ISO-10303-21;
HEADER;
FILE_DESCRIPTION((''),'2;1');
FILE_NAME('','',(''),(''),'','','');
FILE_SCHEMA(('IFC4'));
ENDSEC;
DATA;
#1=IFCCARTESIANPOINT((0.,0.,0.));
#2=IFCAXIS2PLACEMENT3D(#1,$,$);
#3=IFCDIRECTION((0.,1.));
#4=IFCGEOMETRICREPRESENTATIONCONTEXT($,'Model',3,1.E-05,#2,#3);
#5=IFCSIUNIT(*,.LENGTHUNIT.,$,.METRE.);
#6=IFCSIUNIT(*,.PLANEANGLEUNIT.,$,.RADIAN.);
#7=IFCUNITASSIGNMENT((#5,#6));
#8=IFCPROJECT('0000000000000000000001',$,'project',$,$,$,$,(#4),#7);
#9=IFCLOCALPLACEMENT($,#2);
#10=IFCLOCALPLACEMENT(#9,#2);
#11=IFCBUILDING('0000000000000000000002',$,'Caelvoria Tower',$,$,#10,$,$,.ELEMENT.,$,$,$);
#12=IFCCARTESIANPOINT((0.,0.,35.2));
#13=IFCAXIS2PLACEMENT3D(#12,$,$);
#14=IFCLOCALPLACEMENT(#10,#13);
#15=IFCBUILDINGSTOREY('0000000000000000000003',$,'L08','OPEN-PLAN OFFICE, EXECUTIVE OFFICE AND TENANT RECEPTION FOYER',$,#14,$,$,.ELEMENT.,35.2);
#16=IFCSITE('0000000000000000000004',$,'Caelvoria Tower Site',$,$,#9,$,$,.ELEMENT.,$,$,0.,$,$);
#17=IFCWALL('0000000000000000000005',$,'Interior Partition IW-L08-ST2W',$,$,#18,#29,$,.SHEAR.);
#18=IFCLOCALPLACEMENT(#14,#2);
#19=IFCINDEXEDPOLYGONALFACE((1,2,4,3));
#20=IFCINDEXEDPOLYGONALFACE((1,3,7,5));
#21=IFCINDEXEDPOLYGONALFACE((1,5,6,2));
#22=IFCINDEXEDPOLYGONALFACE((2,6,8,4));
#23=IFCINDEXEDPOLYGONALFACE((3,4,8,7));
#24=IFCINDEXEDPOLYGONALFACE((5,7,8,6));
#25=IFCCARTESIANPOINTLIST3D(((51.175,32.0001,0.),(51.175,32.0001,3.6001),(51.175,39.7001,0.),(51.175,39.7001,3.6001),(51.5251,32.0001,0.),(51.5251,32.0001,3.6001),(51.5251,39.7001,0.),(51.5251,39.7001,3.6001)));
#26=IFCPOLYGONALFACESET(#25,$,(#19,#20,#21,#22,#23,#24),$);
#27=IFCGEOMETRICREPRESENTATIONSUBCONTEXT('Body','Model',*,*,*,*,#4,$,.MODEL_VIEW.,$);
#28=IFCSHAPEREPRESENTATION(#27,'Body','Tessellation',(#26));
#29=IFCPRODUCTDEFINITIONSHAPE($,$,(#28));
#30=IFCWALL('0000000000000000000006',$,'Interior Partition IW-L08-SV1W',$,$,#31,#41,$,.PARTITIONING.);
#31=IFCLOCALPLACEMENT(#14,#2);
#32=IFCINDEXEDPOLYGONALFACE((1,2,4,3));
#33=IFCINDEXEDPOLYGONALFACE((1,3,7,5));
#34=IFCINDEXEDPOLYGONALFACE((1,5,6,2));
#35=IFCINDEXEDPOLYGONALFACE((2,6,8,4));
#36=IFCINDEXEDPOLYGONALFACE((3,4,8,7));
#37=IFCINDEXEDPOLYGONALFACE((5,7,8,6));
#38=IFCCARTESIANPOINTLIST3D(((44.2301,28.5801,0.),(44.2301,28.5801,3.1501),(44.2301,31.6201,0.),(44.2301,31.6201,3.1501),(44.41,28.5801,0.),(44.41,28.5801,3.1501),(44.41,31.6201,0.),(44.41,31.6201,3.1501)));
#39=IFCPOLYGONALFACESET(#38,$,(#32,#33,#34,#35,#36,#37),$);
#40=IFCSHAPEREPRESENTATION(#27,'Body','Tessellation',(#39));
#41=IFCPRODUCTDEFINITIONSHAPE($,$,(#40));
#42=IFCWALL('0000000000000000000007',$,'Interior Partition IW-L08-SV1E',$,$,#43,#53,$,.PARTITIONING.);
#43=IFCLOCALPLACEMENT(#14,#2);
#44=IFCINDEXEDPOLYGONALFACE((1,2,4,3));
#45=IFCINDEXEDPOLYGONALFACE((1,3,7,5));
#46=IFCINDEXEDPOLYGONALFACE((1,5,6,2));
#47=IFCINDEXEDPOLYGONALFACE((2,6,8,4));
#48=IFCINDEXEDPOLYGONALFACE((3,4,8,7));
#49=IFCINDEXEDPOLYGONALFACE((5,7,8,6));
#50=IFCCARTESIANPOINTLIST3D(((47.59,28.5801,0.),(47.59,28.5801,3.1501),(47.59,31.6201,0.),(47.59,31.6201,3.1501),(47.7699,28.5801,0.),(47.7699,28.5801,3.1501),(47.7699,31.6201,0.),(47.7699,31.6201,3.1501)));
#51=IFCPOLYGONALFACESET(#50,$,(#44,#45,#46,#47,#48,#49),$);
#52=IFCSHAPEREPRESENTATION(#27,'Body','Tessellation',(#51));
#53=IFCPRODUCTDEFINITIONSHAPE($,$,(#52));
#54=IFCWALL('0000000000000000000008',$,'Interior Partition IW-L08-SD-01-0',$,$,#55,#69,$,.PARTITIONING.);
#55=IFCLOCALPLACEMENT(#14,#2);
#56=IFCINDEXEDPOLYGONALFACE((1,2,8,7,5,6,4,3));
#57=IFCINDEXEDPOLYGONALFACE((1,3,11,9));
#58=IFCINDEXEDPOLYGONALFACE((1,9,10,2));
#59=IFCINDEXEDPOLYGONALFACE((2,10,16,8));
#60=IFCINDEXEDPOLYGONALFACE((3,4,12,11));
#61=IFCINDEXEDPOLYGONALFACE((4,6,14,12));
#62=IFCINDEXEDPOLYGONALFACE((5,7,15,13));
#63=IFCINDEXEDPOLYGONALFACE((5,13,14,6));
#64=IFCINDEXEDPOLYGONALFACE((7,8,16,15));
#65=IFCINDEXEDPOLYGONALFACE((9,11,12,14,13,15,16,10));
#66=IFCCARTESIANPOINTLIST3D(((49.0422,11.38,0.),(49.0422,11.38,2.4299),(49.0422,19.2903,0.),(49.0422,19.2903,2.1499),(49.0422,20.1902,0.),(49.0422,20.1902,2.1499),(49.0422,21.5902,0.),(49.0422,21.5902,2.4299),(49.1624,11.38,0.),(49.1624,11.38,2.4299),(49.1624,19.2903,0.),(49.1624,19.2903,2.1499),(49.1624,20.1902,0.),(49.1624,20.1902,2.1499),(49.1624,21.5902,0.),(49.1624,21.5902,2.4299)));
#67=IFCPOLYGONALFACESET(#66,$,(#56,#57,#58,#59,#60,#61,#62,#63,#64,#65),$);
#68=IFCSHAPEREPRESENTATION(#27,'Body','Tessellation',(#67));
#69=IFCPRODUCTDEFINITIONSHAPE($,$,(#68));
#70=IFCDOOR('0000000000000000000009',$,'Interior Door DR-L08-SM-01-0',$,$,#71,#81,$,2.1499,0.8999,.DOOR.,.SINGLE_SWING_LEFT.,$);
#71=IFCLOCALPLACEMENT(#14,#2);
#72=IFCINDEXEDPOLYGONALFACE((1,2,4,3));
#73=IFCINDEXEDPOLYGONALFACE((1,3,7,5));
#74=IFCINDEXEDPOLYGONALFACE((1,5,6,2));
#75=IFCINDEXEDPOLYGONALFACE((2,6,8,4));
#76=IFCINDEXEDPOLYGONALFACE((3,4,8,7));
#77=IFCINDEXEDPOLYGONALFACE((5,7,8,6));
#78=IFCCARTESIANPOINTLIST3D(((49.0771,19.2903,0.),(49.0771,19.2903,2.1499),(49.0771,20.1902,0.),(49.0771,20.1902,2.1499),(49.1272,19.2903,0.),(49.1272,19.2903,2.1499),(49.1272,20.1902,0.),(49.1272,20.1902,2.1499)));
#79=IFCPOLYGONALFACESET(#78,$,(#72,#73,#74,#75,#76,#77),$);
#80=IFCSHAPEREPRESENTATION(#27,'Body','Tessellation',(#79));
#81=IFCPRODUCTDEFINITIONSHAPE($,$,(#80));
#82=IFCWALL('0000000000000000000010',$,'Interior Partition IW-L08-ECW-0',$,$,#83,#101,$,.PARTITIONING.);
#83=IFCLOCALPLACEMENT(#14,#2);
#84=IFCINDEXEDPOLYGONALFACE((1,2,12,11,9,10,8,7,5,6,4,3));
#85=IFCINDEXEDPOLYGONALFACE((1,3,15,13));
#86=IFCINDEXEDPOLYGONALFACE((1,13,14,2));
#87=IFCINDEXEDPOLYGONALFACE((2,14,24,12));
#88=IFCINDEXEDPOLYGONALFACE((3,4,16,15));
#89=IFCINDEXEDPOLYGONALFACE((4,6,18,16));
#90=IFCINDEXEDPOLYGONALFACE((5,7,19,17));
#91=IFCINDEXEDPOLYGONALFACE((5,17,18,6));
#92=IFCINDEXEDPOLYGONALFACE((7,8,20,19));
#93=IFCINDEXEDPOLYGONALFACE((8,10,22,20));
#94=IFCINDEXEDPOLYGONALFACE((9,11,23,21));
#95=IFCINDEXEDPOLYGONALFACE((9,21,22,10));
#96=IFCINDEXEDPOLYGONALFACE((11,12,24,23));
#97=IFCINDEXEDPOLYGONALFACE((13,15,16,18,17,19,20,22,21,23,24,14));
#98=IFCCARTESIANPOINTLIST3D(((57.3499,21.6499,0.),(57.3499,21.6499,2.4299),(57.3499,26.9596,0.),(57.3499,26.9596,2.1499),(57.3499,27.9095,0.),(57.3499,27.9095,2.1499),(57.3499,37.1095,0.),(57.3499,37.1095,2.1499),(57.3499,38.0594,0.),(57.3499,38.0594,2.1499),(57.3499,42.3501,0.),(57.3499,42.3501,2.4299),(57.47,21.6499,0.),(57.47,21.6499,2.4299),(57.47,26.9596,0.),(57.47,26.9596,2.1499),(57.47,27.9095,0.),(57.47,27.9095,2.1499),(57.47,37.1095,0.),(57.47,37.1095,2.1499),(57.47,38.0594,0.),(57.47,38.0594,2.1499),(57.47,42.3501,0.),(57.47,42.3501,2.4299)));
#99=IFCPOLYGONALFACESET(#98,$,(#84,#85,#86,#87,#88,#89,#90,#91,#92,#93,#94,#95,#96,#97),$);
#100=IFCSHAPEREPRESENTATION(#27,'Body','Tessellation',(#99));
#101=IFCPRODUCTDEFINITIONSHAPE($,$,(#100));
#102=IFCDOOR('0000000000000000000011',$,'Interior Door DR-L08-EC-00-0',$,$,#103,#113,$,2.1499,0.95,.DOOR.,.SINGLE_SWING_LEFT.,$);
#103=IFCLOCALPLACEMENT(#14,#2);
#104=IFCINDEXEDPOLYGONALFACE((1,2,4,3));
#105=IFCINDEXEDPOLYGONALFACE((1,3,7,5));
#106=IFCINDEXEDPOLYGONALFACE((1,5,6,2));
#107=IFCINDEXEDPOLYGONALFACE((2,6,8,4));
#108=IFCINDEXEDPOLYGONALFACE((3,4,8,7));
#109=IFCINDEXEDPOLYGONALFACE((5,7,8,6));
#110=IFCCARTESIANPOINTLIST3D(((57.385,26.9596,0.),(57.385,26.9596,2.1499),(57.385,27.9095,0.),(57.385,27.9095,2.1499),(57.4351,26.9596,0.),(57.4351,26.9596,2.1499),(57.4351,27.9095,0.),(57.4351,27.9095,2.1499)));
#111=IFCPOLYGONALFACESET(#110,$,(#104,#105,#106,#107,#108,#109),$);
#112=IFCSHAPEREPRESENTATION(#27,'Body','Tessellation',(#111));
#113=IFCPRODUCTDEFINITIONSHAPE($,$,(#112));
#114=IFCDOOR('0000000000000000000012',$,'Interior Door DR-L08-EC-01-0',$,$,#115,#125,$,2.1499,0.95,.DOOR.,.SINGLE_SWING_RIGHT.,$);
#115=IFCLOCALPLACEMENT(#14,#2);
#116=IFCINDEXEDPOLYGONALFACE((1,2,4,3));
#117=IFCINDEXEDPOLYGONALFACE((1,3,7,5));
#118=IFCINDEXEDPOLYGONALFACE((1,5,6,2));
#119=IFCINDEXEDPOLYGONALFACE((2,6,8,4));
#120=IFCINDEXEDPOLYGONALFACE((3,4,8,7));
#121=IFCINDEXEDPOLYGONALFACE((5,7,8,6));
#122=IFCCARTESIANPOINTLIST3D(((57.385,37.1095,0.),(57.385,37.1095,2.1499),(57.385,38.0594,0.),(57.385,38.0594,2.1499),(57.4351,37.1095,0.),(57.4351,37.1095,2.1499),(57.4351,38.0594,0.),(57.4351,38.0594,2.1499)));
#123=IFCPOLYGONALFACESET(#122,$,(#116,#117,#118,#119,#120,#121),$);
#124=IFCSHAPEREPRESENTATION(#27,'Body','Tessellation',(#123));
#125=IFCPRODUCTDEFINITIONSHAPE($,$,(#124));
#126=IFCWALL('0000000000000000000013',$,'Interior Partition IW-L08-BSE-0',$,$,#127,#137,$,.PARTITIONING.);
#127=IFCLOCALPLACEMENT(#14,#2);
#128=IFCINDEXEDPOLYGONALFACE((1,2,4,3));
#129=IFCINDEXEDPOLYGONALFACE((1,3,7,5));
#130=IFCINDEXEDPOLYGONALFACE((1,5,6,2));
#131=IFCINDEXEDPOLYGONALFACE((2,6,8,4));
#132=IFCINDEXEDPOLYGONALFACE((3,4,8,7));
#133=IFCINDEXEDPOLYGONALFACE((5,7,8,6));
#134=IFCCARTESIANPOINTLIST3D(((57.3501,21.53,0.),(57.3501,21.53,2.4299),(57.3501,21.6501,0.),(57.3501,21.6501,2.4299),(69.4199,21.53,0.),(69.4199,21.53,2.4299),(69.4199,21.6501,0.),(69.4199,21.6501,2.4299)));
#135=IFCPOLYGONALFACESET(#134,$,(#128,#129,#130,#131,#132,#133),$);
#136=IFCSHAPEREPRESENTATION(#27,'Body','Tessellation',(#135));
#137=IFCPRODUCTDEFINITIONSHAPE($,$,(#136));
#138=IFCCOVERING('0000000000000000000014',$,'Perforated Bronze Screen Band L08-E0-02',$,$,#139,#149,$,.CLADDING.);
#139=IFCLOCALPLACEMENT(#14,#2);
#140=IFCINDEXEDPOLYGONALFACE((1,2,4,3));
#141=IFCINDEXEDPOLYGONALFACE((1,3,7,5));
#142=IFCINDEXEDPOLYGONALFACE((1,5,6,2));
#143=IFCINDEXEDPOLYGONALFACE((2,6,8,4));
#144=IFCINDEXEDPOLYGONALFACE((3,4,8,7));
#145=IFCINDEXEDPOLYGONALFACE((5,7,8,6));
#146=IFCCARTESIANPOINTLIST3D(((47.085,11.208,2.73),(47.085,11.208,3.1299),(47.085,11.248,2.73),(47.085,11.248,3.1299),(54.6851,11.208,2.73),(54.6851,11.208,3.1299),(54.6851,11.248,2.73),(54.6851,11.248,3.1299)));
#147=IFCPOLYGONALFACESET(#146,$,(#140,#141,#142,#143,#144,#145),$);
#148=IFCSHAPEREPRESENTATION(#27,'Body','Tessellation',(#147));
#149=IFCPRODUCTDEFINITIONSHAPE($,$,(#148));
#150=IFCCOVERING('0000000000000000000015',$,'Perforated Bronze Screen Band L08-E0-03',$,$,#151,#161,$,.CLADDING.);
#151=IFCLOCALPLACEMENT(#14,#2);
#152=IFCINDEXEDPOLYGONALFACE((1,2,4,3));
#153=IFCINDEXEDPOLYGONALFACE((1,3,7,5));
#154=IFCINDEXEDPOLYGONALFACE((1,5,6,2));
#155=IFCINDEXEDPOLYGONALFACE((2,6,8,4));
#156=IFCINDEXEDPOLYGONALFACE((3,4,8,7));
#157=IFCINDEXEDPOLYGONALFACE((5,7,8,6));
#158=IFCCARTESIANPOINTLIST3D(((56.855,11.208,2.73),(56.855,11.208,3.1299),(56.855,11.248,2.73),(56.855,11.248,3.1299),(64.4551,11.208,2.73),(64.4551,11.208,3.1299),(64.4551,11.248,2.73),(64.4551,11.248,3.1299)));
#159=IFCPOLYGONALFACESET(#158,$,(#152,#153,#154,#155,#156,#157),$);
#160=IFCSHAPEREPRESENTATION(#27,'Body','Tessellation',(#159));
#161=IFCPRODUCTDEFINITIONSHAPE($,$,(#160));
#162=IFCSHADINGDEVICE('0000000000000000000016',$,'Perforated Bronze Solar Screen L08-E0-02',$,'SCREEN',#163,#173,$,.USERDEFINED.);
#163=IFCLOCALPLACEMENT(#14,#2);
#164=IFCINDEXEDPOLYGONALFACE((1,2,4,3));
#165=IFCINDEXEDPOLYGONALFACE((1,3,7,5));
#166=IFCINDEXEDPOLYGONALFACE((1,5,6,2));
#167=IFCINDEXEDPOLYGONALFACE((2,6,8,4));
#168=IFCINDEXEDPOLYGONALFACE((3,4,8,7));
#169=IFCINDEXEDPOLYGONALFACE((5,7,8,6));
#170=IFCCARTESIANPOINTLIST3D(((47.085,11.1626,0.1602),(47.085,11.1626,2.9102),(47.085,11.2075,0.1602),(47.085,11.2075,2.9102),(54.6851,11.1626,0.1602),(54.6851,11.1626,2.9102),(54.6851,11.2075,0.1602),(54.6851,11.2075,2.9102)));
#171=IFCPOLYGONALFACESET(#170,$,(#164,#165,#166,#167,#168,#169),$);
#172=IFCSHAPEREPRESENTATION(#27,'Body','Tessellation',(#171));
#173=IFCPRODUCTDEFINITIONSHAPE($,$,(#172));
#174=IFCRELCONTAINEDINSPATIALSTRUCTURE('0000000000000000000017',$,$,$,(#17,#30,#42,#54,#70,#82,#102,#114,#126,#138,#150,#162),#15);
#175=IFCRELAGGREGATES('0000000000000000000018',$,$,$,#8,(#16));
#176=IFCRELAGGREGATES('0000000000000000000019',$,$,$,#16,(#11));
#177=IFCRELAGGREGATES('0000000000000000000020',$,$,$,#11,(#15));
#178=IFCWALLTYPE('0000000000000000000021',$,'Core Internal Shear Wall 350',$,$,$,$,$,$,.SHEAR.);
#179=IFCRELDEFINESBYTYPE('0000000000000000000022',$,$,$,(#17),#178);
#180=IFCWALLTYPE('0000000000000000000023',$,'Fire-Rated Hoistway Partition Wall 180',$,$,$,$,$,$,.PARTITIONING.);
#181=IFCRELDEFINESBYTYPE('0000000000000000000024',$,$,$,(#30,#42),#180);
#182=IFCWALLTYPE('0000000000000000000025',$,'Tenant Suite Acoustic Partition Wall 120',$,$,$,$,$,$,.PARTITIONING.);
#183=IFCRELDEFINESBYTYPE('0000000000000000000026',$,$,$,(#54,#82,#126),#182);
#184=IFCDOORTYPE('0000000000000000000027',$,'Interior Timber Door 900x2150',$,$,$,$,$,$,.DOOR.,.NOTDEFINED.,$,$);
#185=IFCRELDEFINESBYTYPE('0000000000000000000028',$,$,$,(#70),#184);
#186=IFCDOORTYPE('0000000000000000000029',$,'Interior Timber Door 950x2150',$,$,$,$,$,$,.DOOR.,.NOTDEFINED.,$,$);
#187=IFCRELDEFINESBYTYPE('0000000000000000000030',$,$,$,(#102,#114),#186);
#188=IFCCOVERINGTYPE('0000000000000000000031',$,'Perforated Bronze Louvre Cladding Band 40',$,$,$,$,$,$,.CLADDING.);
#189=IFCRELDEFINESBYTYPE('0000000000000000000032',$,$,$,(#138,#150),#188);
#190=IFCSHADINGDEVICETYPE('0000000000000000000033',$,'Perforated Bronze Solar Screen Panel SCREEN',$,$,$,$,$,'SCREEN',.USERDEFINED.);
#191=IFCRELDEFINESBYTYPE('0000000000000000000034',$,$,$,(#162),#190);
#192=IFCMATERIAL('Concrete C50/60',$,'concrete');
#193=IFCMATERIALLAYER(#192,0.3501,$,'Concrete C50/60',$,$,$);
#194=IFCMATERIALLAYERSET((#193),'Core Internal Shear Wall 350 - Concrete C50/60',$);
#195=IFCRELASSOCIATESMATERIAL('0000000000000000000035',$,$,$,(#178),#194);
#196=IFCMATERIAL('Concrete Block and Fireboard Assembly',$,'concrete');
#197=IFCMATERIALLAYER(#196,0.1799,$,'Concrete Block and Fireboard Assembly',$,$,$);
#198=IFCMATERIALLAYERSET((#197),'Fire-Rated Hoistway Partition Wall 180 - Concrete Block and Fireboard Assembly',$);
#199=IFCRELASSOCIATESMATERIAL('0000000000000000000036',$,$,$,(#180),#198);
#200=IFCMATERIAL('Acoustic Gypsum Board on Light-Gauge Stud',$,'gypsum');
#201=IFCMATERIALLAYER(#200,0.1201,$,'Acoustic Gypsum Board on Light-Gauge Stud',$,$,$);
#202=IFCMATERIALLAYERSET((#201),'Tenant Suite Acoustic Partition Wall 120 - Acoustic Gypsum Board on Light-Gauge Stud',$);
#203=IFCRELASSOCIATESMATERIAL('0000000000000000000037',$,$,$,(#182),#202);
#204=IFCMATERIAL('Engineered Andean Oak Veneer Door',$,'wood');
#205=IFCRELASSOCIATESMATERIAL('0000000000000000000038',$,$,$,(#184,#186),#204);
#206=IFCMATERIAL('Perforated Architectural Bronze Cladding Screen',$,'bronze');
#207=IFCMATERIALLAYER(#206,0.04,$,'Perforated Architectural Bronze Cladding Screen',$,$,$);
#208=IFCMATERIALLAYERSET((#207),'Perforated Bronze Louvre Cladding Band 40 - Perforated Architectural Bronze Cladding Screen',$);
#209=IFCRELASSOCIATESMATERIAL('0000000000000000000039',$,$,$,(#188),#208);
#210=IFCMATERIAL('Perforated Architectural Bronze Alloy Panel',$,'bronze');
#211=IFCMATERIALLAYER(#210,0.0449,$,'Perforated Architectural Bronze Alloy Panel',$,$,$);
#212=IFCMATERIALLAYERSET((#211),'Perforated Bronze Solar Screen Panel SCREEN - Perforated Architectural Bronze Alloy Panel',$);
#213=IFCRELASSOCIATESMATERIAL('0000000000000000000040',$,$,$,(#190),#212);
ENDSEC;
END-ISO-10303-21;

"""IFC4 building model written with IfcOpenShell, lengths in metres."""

from ifc_helpers import new_model, si_unit, direction, frame, frame_2d, origin, origin_2d, place, context, subcontext, project, spatial, rectangle, extrude, material, layer, layer_set, type_object, element, fill, save


model = new_model("IFC4")

# Units and contexts
model_context = context("Model", 3, precision=1e-05, world=origin(), true_north=direction((0.0, 1.0)))
body_context = subcontext(model_context, "Body", "Model", "MODEL_VIEW")
ifc_project = project(units=[si_unit("LENGTHUNIT", "METRE"), si_unit("PLANEANGLEUNIT", "RADIAN")], contexts=[model_context])

# Site, building, storey
site_placement = place(None, origin())
site = spatial("IfcSite", under=ifc_project, at=site_placement, Name="Caelvoria Tower Site", CompositionType="ELEMENT", RefElevation=0.0)
building_placement = place(site_placement, origin())
building = spatial("IfcBuilding", under=site, at=building_placement, Name="Caelvoria Tower", CompositionType="ELEMENT")
storey_placement = place(building_placement, frame((0.0, 0.0, 35.2)))
storey = spatial("IfcBuildingStorey", under=building, at=storey_placement, Name="L08", Description="OPEN-PLAN OFFICE, EXECUTIVE OFFICE AND TENANT RECEPTION FOYER", CompositionType="ELEMENT", Elevation=35.2)

# Walls
ifc_material_1 = material(Name="Concrete C50/60", Category="concrete")
ifc_layer_1 = layer(ifc_material_1, 0.3501, Name="Concrete C50/60")
ifc_layer_set_1 = layer_set([ifc_layer_1], Name="Core Internal Shear Wall 350 - Concrete C50/60")
wall_type_1 = type_object("IfcWallType", Name="Core Internal Shear Wall 350", PredefinedType="SHEAR", material=ifc_layer_set_1)
wall_1_placement = place(storey_placement, frame((51.3501, 32.0, 0.0), z_axis=(0.0, 0.0, 1.0), x_axis=(0.0, 1.0, 0.0)))
element("IfcWall", 1, at=wall_1_placement, inside=storey, type_object=wall_type_1, Name="Interior Partition IW-L08-ST2W", PredefinedType="SHEAR", context=body_context, shape_type="SweptSolid", body=[
    extrude(rectangle(XDim=7.7, YDim=0.3501, at=frame_2d((3.8501, 0.0))), origin(), (0.0, 0.0, 1.0), 3.6001),
])
ifc_material_2 = material(Name="Concrete Block and Fireboard Assembly", Category="concrete")
ifc_layer_2 = layer(ifc_material_2, 0.1799, Name="Concrete Block and Fireboard Assembly")
ifc_layer_set_2 = layer_set([ifc_layer_2], Name="Fire-Rated Hoistway Partition Wall 180 - Concrete Block and Fireboard Assembly")
wall_type_2 = type_object("IfcWallType", Name="Fire-Rated Hoistway Partition Wall 180", PredefinedType="PARTITIONING", material=ifc_layer_set_2)
for number, where, z_axis, x_axis, name in (
    (2, (44.3201, 28.5801, 0.0), (0.0, 0.0, 1.0), (0.0, 1.0, 0.0), "Interior Partition IW-L08-SV1W"),
    (3, (47.6799, 28.5801, 0.0), (0.0, 0.0, 1.0), (0.0, 1.0, 0.0), "Interior Partition IW-L08-SV1E"),
):
    element("IfcWall", number, at=place(storey_placement, frame(where, z_axis=z_axis, x_axis=x_axis)), inside=storey, type_object=wall_type_2, Name=name, PredefinedType="PARTITIONING", context=body_context, shape_type="SweptSolid", body=[
        extrude(rectangle(XDim=3.04, YDim=0.1799, at=frame_2d((1.52, 0.0))), origin(), (0.0, 0.0, 1.0), 3.1501),
    ])

# Wall, opening, door
ifc_material_3 = material(Name="Acoustic Gypsum Board on Light-Gauge Stud", Category="gypsum")
ifc_layer_3 = layer(ifc_material_3, 0.1201, Name="Acoustic Gypsum Board on Light-Gauge Stud")
ifc_layer_set_3 = layer_set([ifc_layer_3], Name="Tenant Suite Acoustic Partition Wall 120 - Acoustic Gypsum Board on Light-Gauge Stud")
wall_type_3 = type_object("IfcWallType", Name="Tenant Suite Acoustic Partition Wall 120", PredefinedType="PARTITIONING", material=ifc_layer_set_3)
wall_2_placement = place(storey_placement, frame((49.1023, 21.5901, 0.0), z_axis=(0.0, 0.0, 1.0), x_axis=(0.0, -1.0, 0.0)))
wall_2 = element("IfcWall", 4, at=wall_2_placement, inside=storey, type_object=wall_type_3, Name="Interior Partition IW-L08-SD-01-0", PredefinedType="PARTITIONING", context=body_context, shape_type="SweptSolid", body=[
    extrude(rectangle(XDim=10.2102, YDim=0.1201, at=frame_2d((5.105, 0.0))), origin(), (0.0, 0.0, 1.0), 2.4299),
])
opening_1_placement = place(wall_2_placement, frame((1.3999, 0.0, 0.0)))
opening_1 = element("IfcOpeningElement", 5, at=opening_1_placement, cuts=wall_2, PredefinedType="OPENING", context=body_context, shape_type="SweptSolid", body=[
    extrude(rectangle(XDim=0.8999, YDim=2.1499, at=frame_2d((0.45, 1.075))), frame((0.0, 0.0701, 0.0), z_axis=(0.0, -1.0, 0.0), x_axis=(1.0, 0.0, 0.0)), (0.0, 0.0, 1.0), 0.1401),
])
ifc_material_4 = material(Name="Engineered Andean Oak Veneer Door", Category="wood")
door_type_1 = type_object("IfcDoorType", Name="Interior Timber Door 900x2150", OperationType="NOTDEFINED", PredefinedType="DOOR", material=ifc_material_4)
door_1_placement = place(opening_1_placement, origin())
door_1 = element("IfcDoor", 6, at=door_1_placement, inside=storey, type_object=door_type_1, Name="Interior Door DR-L08-SM-01-0", OperationType="SINGLE_SWING_LEFT", OverallHeight=2.1499, OverallWidth=0.8999, PredefinedType="DOOR", context=body_context, shape_type="SweptSolid", body=[
    extrude(rectangle(XDim=0.8999, YDim=2.1499, at=frame_2d((0.45, 1.075))), frame((0.0, 0.0249, 0.0), z_axis=(0.0, -1.0, 0.0), x_axis=(1.0, 0.0, 0.0)), (0.0, 0.0, 1.0), 0.05),
])
fill(opening_1, door_1)

# Wall, openings, doors
wall_3_placement = place(storey_placement, frame((57.4099, 21.6499, 0.0), z_axis=(0.0, 0.0, 1.0), x_axis=(0.0, 1.0, 0.0)))
wall_3 = element("IfcWall", 7, at=wall_3_placement, inside=storey, type_object=wall_type_3, Name="Interior Partition IW-L08-ECW-0", PredefinedType="PARTITIONING", context=body_context, shape_type="SweptSolid", body=[
    extrude(rectangle(XDim=20.7002, YDim=0.1201, at=frame_2d((10.3501, 0.0))), origin(), (0.0, 0.0, 1.0), 2.4299),
])
opening_2_placement = place(wall_3_placement, frame((5.3096, 0.0, 0.0)))
opening_2 = element("IfcOpeningElement", 8, at=opening_2_placement, cuts=wall_3, PredefinedType="OPENING", context=body_context, shape_type="SweptSolid", body=[
    extrude(rectangle(XDim=0.95, YDim=2.1499, at=frame_2d((0.4751, 1.075))), frame((0.0, 0.0701, 0.0), z_axis=(0.0, -1.0, 0.0), x_axis=(1.0, 0.0, 0.0)), (0.0, 0.0, 1.0), 0.1401),
])
opening_3_placement = place(wall_3_placement, frame((15.4595, 0.0, 0.0)))
opening_3 = element("IfcOpeningElement", 9, at=opening_3_placement, cuts=wall_3, PredefinedType="OPENING", context=body_context, shape_type="SweptSolid", body=[
    extrude(rectangle(XDim=0.95, YDim=2.1499, at=frame_2d((0.4751, 1.075))), frame((0.0, 0.0701, 0.0), z_axis=(0.0, -1.0, 0.0), x_axis=(1.0, 0.0, 0.0)), (0.0, 0.0, 1.0), 0.1401),
])
door_type_2 = type_object("IfcDoorType", Name="Interior Timber Door 950x2150", OperationType="NOTDEFINED", PredefinedType="DOOR", material=ifc_material_4)
door_2_placement = place(opening_2_placement, origin())
door_2 = element("IfcDoor", 10, at=door_2_placement, inside=storey, type_object=door_type_2, Name="Interior Door DR-L08-EC-00-0", OperationType="SINGLE_SWING_LEFT", OverallHeight=2.1499, OverallWidth=0.95, PredefinedType="DOOR", context=body_context, shape_type="SweptSolid", body=[
    extrude(rectangle(XDim=0.95, YDim=2.1499, at=frame_2d((0.4751, 1.075))), frame((0.0, 0.0249, 0.0), z_axis=(0.0, -1.0, 0.0), x_axis=(1.0, 0.0, 0.0)), (0.0, 0.0, 1.0), 0.05),
])
fill(opening_2, door_2)
door_3_placement = place(opening_3_placement, origin())
door_3 = element("IfcDoor", 11, at=door_3_placement, inside=storey, type_object=door_type_2, Name="Interior Door DR-L08-EC-01-0", OperationType="SINGLE_SWING_RIGHT", OverallHeight=2.1499, OverallWidth=0.95, PredefinedType="DOOR", context=body_context, shape_type="SweptSolid", body=[
    extrude(rectangle(XDim=0.95, YDim=2.1499, at=frame_2d((0.4751, 1.075))), frame((0.0, 0.0249, 0.0), z_axis=(0.0, -1.0, 0.0), x_axis=(1.0, 0.0, 0.0)), (0.0, 0.0, 1.0), 0.05),
])
fill(opening_3, door_3)

# Wall
wall_4_placement = place(storey_placement, frame((57.3501, 21.5901, 0.0), z_axis=(0.0, 0.0, 1.0), x_axis=(1.0, 0.0, 0.0)))
element("IfcWall", 12, at=wall_4_placement, inside=storey, type_object=wall_type_3, Name="Interior Partition IW-L08-BSE-0", PredefinedType="PARTITIONING", context=body_context, shape_type="SweptSolid", body=[
    extrude(rectangle(XDim=12.0698, YDim=0.1201, at=frame_2d((6.0349, 0.0))), origin(), (0.0, 0.0, 1.0), 2.4299),
])

# Coverings
ifc_material_5 = material(Name="Perforated Architectural Bronze Cladding Screen", Category="bronze")
ifc_layer_4 = layer(ifc_material_5, 0.04, Name="Perforated Architectural Bronze Cladding Screen")
ifc_layer_set_4 = layer_set([ifc_layer_4], Name="Perforated Bronze Louvre Cladding Band 40 - Perforated Architectural Bronze Cladding Screen")
covering_type = type_object("IfcCoveringType", Name="Perforated Bronze Louvre Cladding Band 40", PredefinedType="CLADDING", material=ifc_layer_set_4)
for number, where, z_axis, x_axis, name in (
    (13, (50.885, 11.228, 2.73), (0.0, 0.0, 1.0), (1.0, 0.0, 0.0), "Perforated Bronze Screen Band L08-E0-02"),
    (14, (60.655, 11.228, 2.73), (0.0, 0.0, 1.0), (1.0, 0.0, 0.0), "Perforated Bronze Screen Band L08-E0-03"),
):
    element("IfcCovering", number, at=place(storey_placement, frame(where, z_axis=z_axis, x_axis=x_axis)), inside=storey, type_object=covering_type, Name=name, PredefinedType="CLADDING", context=body_context, shape_type="SweptSolid", body=[
        extrude(rectangle(XDim=7.6001, YDim=0.04, at=origin_2d()), origin(), (0.0, 0.0, 1.0), 0.3999),
    ])

# Shading device
ifc_material_6 = material(Name="Perforated Architectural Bronze Alloy Panel", Category="bronze")
ifc_layer_5 = layer(ifc_material_6, 0.0449, Name="Perforated Architectural Bronze Alloy Panel")
ifc_layer_set_5 = layer_set([ifc_layer_5], Name="Perforated Bronze Solar Screen Panel SCREEN - Perforated Architectural Bronze Alloy Panel")
shading_device_type = type_object("IfcShadingDeviceType", Name="Perforated Bronze Solar Screen Panel SCREEN", ElementType="SCREEN", PredefinedType="USERDEFINED", material=ifc_layer_set_5)
for number, where, z_axis, x_axis, name in (
    (15, (50.885, 11.1851, 0.1602), (0.0, 0.0, 1.0), (1.0, 0.0, 0.0), "Perforated Bronze Solar Screen L08-E0-02"),
):
    element("IfcShadingDevice", number, at=place(storey_placement, frame(where, z_axis=z_axis, x_axis=x_axis)), inside=storey, type_object=shading_device_type, Name=name, ObjectType="SCREEN", PredefinedType="USERDEFINED", context=body_context, shape_type="SweptSolid", body=[
        extrude(rectangle(XDim=7.6001, YDim=0.0449, at=origin_2d()), origin(), (0.0, 0.0, 1.0), 2.75),
    ])

save(model, "model.ifc")
